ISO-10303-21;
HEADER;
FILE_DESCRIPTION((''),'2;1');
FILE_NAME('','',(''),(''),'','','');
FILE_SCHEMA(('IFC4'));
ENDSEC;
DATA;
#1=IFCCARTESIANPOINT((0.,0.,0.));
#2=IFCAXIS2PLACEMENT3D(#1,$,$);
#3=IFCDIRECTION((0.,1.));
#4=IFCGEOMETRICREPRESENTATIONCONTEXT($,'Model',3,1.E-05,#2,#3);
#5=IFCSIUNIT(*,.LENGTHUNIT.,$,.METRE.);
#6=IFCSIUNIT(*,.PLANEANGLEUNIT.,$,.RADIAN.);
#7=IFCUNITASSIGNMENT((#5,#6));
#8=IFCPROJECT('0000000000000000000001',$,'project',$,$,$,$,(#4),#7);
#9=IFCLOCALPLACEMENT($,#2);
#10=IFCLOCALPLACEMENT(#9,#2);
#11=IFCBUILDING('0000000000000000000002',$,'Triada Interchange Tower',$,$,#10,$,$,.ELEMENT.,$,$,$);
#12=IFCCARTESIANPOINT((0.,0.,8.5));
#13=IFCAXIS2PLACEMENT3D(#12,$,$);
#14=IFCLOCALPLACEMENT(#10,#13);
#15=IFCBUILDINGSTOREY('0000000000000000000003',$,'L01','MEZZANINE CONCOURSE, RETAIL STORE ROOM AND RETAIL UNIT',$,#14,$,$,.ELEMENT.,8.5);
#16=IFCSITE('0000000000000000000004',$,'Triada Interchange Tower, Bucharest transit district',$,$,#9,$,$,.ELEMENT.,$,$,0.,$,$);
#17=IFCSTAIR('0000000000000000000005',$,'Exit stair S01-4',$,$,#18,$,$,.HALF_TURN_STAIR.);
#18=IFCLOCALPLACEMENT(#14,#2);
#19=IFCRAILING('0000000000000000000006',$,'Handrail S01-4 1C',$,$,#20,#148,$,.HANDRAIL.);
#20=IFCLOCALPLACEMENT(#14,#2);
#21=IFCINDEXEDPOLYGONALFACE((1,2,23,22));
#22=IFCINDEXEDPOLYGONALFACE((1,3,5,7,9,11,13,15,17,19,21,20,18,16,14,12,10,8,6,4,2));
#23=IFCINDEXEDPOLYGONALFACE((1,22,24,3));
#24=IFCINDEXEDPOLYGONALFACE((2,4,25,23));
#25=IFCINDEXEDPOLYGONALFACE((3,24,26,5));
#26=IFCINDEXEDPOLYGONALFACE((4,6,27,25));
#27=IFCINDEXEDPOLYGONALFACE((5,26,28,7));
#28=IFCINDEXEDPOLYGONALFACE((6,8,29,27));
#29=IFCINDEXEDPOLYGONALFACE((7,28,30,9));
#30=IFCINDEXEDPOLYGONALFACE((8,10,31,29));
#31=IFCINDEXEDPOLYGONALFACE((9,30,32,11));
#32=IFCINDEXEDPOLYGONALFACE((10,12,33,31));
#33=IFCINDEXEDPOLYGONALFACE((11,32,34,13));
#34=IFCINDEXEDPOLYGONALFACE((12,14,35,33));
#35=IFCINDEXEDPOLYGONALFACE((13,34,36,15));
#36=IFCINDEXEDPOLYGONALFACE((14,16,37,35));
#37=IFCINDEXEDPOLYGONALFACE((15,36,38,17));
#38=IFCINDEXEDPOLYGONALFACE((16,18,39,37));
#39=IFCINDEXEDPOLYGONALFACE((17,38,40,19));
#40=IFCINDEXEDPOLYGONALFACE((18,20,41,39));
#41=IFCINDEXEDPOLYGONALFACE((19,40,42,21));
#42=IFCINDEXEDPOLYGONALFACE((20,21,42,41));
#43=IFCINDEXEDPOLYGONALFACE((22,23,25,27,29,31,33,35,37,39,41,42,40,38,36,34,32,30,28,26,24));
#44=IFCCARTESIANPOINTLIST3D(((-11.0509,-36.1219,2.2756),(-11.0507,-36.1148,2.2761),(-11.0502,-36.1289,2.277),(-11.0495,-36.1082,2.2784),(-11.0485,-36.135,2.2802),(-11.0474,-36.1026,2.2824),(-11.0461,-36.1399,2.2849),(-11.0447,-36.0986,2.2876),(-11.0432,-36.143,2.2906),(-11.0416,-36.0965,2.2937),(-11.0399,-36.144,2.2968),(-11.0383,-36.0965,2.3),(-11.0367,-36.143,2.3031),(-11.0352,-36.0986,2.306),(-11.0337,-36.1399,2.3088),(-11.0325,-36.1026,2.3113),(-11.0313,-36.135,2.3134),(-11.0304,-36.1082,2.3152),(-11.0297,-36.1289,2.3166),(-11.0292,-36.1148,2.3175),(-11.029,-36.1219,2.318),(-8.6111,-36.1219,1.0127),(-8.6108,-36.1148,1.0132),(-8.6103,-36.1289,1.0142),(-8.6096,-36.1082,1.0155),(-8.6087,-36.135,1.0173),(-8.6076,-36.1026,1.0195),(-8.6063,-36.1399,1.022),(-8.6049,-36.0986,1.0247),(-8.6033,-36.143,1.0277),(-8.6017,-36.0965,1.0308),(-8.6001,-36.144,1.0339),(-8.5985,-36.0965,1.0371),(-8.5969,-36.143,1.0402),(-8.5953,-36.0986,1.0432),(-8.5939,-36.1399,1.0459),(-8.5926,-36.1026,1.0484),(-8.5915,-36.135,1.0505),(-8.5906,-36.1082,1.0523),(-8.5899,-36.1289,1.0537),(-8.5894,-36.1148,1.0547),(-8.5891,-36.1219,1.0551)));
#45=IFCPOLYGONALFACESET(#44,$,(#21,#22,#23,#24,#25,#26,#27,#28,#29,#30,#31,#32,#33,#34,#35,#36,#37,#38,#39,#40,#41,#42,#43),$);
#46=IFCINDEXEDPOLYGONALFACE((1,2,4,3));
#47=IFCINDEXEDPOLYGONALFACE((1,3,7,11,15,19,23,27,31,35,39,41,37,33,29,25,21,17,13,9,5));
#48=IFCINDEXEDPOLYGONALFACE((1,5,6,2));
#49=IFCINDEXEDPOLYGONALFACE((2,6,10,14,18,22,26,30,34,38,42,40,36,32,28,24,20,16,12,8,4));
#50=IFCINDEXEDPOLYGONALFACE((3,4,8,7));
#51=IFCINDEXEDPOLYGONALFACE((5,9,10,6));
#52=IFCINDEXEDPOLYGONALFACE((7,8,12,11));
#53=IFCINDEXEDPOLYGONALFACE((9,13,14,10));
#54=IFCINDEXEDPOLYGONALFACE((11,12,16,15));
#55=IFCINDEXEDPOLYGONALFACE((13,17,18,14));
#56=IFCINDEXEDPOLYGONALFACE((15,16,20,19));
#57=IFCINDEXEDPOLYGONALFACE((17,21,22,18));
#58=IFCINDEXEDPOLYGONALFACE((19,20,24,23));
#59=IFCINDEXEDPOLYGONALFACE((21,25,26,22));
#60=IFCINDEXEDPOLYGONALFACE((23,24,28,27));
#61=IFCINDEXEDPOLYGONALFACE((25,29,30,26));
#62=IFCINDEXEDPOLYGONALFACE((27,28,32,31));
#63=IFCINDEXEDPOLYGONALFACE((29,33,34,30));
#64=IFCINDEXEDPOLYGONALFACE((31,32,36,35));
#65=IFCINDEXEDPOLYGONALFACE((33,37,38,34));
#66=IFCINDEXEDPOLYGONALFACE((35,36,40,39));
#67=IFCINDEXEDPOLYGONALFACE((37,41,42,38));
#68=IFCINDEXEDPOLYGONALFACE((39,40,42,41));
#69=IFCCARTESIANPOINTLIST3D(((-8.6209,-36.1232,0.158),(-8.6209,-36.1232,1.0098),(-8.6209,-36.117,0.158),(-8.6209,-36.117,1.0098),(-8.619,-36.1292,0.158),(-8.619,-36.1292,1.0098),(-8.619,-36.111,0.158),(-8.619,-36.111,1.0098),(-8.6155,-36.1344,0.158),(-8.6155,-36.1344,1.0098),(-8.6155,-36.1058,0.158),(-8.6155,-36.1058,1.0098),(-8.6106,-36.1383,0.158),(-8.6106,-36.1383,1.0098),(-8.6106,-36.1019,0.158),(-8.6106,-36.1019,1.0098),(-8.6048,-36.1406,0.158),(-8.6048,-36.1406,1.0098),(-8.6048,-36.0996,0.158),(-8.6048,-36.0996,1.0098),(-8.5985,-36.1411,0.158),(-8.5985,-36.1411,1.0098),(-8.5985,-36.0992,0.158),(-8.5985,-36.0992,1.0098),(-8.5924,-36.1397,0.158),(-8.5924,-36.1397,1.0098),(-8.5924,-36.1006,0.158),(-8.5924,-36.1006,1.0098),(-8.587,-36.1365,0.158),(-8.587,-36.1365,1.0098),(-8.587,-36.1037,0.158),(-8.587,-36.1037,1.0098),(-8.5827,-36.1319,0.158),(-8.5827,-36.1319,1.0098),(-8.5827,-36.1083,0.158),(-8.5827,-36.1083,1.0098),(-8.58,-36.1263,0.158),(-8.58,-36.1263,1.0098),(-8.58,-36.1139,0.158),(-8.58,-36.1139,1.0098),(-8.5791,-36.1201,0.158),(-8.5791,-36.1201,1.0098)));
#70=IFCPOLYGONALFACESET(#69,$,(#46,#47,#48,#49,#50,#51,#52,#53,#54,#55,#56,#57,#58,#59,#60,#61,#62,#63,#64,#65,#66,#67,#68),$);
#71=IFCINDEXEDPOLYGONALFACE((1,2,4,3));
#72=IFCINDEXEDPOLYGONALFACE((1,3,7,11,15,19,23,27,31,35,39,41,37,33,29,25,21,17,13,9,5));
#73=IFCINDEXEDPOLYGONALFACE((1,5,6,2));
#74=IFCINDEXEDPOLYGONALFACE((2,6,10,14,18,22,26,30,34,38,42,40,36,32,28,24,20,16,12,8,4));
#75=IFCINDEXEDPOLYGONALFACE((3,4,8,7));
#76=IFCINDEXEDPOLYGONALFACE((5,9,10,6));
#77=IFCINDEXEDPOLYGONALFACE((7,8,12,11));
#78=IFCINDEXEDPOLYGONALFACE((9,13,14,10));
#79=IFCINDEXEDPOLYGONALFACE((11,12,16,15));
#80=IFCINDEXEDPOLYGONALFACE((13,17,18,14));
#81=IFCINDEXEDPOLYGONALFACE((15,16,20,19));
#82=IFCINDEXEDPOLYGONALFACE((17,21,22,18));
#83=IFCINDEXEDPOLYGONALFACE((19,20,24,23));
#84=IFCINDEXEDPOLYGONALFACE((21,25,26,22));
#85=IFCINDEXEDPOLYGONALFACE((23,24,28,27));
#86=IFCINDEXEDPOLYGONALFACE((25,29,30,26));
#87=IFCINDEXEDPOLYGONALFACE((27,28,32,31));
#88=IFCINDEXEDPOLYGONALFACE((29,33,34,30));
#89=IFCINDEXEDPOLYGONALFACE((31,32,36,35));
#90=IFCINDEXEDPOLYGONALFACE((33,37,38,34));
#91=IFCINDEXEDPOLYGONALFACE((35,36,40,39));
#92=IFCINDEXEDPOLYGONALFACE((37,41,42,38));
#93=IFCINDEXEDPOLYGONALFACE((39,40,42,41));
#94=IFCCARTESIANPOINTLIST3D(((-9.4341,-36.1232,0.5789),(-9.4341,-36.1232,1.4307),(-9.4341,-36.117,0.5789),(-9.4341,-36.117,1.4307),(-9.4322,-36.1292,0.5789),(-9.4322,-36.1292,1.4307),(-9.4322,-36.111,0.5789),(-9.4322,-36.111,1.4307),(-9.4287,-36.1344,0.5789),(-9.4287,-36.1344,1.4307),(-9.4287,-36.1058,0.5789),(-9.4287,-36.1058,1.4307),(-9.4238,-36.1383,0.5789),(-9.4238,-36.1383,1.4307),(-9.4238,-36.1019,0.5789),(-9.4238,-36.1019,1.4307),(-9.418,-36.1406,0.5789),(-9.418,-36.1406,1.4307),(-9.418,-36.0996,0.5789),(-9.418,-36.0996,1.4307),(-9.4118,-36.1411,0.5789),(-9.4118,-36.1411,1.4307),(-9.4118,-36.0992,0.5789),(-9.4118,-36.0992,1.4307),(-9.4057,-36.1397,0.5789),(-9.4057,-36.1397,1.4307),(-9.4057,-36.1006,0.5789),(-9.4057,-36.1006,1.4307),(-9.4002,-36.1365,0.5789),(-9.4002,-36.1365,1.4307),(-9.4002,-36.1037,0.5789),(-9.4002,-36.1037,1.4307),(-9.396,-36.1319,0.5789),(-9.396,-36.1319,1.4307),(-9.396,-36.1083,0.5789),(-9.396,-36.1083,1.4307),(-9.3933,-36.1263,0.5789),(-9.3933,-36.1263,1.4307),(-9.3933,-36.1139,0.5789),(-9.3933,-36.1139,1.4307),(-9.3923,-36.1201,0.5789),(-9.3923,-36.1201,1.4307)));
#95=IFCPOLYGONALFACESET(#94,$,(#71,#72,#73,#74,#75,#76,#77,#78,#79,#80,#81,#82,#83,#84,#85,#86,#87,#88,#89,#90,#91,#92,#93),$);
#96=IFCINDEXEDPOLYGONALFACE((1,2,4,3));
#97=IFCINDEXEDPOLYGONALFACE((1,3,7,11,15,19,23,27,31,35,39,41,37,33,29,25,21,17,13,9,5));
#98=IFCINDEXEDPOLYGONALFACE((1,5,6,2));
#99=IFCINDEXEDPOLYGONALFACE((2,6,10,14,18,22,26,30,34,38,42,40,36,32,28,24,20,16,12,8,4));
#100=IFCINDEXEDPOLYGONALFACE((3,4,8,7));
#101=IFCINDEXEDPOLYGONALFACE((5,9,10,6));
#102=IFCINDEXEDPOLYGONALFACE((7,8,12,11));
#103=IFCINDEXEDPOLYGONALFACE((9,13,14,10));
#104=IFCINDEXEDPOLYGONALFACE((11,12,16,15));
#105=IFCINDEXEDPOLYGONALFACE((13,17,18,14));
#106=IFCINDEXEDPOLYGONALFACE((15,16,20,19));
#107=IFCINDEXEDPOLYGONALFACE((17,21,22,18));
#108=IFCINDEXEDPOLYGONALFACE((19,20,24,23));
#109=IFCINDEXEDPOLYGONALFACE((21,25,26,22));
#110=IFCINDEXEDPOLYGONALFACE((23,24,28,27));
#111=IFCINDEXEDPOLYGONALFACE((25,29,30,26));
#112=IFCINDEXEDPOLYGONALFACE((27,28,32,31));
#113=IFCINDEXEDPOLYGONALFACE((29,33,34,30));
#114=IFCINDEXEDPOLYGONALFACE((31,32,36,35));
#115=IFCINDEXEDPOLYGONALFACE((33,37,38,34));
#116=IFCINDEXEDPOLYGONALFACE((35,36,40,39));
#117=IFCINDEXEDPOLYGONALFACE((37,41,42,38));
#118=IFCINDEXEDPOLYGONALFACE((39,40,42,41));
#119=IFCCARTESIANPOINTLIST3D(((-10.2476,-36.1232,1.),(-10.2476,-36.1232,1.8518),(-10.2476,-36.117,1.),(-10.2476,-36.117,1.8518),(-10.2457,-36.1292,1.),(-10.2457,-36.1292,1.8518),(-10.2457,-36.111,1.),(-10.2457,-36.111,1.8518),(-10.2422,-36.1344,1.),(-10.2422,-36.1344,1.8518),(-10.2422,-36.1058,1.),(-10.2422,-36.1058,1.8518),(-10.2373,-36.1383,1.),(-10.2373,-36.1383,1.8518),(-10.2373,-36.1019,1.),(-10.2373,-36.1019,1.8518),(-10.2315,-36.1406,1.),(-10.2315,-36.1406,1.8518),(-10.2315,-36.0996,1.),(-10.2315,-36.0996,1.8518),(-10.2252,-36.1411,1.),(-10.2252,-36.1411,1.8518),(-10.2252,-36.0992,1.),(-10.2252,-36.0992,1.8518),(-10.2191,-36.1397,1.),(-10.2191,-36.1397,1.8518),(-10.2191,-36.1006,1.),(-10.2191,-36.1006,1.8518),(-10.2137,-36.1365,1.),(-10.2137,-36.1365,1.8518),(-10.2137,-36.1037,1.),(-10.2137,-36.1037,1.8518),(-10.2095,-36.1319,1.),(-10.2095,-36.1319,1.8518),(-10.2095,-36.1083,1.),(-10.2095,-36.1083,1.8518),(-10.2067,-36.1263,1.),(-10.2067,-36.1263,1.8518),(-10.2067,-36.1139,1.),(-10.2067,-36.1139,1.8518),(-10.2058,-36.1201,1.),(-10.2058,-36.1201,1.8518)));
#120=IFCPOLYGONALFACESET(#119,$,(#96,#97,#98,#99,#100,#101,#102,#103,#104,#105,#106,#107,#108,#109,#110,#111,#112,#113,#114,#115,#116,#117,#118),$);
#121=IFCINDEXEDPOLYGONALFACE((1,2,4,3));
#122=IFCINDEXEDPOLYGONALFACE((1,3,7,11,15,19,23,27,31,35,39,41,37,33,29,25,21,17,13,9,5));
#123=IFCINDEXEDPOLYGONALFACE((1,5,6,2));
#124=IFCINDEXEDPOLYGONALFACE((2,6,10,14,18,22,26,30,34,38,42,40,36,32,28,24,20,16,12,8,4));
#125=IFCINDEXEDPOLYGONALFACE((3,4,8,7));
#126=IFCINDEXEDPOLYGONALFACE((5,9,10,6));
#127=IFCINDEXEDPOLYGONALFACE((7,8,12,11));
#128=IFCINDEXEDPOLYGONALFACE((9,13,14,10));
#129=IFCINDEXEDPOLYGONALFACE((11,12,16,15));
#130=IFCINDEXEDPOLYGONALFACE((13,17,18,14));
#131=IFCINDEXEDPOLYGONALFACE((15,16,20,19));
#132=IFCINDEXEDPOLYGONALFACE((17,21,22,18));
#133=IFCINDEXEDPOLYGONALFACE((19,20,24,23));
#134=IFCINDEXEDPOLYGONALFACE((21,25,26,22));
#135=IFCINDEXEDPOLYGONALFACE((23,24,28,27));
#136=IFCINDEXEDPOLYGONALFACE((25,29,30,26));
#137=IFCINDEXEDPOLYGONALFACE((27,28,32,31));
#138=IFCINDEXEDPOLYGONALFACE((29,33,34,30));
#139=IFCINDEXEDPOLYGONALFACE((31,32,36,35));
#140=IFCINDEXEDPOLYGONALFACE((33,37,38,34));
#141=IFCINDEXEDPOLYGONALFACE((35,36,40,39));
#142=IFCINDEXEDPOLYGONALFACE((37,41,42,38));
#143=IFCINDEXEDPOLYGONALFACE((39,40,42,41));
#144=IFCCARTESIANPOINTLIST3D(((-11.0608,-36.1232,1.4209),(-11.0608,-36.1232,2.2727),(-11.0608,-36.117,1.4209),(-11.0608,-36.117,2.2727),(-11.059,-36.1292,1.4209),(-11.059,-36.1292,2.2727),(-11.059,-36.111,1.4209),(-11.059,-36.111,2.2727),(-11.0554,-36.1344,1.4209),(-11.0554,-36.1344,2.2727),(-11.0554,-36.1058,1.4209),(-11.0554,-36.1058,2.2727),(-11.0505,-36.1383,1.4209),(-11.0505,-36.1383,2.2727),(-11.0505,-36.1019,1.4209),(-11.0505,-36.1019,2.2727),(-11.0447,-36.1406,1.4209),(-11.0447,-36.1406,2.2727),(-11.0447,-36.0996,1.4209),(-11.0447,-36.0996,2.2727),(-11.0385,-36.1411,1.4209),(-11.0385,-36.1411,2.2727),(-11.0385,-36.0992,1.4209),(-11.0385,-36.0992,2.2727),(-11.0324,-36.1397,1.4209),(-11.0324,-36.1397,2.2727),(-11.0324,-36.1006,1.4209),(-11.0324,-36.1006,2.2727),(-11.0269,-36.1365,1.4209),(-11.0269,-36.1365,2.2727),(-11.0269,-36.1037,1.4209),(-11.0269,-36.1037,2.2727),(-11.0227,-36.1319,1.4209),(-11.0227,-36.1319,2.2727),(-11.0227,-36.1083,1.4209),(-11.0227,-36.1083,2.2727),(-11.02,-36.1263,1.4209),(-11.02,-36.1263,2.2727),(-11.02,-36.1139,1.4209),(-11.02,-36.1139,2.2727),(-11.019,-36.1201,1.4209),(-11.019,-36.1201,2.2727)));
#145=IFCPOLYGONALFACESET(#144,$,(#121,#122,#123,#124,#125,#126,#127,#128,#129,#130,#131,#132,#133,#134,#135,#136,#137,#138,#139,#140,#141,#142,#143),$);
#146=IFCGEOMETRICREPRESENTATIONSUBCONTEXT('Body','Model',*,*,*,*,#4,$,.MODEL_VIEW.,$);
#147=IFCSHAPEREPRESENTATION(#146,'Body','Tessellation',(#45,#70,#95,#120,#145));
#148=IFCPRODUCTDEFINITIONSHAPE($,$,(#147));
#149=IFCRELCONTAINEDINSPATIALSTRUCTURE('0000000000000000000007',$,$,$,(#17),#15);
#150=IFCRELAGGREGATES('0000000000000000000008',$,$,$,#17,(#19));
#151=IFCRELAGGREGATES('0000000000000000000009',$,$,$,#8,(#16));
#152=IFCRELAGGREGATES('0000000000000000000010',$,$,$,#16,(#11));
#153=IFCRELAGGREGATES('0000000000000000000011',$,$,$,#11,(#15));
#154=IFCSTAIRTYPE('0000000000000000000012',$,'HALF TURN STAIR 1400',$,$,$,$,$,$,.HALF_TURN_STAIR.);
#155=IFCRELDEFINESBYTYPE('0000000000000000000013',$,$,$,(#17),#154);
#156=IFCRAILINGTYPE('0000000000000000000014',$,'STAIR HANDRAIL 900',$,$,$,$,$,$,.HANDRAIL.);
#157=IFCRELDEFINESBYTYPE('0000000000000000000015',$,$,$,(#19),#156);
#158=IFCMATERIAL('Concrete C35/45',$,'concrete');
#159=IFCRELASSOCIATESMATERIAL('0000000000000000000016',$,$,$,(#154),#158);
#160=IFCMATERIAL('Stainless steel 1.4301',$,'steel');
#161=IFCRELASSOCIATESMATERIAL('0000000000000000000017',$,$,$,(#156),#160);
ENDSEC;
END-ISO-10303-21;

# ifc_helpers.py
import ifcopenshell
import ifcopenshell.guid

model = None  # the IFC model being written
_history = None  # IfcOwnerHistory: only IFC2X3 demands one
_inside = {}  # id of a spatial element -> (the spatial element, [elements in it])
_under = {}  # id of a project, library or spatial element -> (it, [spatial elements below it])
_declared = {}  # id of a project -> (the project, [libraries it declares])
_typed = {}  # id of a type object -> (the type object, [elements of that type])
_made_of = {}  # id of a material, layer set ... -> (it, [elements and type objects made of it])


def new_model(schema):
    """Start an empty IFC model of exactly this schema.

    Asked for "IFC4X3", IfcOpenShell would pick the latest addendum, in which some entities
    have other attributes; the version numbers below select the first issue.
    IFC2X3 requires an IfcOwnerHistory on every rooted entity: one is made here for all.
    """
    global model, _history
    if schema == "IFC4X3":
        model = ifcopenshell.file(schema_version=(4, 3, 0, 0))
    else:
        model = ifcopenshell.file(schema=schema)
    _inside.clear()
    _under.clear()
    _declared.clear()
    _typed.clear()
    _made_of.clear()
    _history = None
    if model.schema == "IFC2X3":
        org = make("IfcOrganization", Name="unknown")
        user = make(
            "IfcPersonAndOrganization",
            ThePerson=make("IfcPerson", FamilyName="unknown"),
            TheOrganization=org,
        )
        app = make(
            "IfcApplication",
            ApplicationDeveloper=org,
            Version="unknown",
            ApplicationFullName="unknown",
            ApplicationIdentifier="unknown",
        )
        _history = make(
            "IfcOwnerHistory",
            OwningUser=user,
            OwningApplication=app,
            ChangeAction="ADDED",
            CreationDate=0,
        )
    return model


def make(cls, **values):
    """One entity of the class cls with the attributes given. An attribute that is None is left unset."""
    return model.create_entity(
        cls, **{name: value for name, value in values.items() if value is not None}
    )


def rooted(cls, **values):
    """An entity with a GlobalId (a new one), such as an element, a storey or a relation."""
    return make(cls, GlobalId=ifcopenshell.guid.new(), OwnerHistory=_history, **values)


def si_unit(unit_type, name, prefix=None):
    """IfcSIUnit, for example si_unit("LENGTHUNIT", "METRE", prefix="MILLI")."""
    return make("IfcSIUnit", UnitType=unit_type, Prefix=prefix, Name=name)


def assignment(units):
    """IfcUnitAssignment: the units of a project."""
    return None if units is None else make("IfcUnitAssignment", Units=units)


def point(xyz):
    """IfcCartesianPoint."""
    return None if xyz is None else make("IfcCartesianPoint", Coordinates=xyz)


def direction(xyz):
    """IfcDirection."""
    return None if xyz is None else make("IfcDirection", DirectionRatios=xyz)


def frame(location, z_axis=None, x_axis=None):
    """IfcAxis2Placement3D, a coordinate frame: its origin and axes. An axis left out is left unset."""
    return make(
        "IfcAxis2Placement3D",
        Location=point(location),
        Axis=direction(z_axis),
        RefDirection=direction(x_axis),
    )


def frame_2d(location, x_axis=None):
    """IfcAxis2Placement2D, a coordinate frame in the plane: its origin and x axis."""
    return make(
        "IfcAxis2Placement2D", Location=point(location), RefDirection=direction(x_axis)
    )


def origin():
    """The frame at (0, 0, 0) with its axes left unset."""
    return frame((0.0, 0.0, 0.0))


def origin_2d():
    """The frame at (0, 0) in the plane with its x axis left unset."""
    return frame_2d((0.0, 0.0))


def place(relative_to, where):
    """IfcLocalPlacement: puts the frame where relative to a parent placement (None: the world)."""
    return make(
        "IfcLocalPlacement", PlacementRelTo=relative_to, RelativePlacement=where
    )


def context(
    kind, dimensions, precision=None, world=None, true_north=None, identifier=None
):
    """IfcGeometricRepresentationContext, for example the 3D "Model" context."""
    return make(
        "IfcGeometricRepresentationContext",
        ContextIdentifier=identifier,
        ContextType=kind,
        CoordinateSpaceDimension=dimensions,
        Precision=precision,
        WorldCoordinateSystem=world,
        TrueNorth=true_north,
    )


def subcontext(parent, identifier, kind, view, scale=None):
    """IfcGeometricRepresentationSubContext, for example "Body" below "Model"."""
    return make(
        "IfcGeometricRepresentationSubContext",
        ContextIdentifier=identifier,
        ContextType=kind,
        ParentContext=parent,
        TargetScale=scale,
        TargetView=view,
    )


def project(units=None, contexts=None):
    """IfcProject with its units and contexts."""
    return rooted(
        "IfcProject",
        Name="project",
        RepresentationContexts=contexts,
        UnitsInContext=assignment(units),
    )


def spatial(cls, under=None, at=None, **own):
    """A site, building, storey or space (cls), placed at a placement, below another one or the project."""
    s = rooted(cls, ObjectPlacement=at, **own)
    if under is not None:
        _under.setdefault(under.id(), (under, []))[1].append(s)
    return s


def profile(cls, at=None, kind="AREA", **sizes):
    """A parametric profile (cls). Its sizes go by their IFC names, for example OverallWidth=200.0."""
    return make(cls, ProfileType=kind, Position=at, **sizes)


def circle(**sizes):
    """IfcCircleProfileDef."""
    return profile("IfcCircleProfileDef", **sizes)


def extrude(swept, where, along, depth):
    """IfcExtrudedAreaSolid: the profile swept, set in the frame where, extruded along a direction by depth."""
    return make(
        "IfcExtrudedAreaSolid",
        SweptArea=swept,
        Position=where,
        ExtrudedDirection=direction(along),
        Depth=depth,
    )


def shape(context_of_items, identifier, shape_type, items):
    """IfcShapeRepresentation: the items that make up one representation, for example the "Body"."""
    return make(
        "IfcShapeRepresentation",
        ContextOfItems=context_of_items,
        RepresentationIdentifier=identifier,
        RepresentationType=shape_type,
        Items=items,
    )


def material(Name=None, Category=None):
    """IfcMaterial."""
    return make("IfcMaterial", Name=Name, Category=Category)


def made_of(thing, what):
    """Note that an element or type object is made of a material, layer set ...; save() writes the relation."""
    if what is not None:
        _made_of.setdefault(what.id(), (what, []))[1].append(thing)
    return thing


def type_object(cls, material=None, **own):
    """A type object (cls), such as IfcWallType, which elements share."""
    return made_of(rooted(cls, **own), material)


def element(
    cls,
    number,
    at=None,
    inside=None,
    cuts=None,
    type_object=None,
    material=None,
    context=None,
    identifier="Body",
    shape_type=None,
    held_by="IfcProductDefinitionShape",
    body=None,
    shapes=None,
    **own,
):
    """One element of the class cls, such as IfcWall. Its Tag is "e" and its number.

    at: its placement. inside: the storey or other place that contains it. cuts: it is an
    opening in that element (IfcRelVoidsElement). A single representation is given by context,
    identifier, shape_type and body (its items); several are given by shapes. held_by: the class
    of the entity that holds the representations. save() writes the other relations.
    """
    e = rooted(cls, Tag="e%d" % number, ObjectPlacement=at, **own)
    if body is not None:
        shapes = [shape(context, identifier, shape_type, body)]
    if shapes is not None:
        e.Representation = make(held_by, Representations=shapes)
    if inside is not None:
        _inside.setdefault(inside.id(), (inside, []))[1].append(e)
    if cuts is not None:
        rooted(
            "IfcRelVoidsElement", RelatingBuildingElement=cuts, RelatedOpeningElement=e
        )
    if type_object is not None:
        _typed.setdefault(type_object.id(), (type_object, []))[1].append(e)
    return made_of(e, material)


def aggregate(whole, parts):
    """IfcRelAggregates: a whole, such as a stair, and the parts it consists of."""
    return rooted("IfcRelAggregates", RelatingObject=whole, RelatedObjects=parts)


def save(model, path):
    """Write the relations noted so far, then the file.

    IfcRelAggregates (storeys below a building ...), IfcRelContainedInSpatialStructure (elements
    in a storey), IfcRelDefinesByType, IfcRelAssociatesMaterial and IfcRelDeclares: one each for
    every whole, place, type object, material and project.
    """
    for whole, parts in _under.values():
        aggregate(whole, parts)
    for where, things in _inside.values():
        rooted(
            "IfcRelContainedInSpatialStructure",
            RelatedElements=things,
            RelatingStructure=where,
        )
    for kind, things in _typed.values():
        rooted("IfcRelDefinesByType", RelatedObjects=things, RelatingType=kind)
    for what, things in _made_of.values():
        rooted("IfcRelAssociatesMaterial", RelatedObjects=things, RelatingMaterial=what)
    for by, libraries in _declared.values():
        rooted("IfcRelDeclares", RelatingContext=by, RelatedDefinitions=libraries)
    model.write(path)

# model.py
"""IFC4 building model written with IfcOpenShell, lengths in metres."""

from ifc_helpers import new_model, si_unit, direction, frame, origin, origin_2d, place, context, subcontext, project, spatial, circle, extrude, material, type_object, element, aggregate, save


model = new_model("IFC4")

# Units and contexts
model_context = context("Model", 3, precision=1e-05, world=origin(), true_north=direction((0.0, 1.0)))
body_context = subcontext(model_context, "Body", "Model", "MODEL_VIEW")
ifc_project = project(units=[si_unit("LENGTHUNIT", "METRE"), si_unit("PLANEANGLEUNIT", "RADIAN")], contexts=[model_context])

# Site, building, storey
site_placement = place(None, origin())
site = spatial("IfcSite", under=ifc_project, at=site_placement, Name="Triada Interchange Tower, Bucharest transit district", CompositionType="ELEMENT", RefElevation=0.0)
building_placement = place(site_placement, origin())
building = spatial("IfcBuilding", under=site, at=building_placement, Name="Triada Interchange Tower", CompositionType="ELEMENT")
storey_placement = place(building_placement, frame((0.0, 0.0, 8.5)))
storey = spatial("IfcBuildingStorey", under=building, at=storey_placement, Name="L01", Description="MEZZANINE CONCOURSE, RETAIL STORE ROOM AND RETAIL UNIT", CompositionType="ELEMENT", Elevation=8.5)

# Shared definitions
ifc_material_1 = material(Name="Concrete C35/45", Category="concrete")

# Stair, railing
stair_type = type_object("IfcStairType", Name="HALF TURN STAIR 1400", PredefinedType="HALF_TURN_STAIR", material=ifc_material_1)
stair_placement = place(storey_placement, origin())
stair = element("IfcStair", 1, at=stair_placement, inside=storey, type_object=stair_type, Name="Exit stair S01-4", PredefinedType="HALF_TURN_STAIR")
ifc_material_2 = material(Name="Stainless steel 1.4301", Category="steel")
railing_type_1 = type_object("IfcRailingType", Name="STAIR HANDRAIL 900", PredefinedType="HANDRAIL", material=ifc_material_2)
railing_1_placement = place(storey_placement, frame((-8.6001, -36.1201, 0.158)))
railing_1 = element("IfcRailing", 2, at=railing_1_placement, type_object=railing_type_1, Name="Handrail S01-4 1C", PredefinedType="HANDRAIL", context=body_context, shape_type="SweptSolid", body=[
    extrude(circle(Radius=0.0239, at=origin_2d()), frame((0.0, 0.0, 0.876), z_axis=(-0.888084, 0.0, 0.459682), x_axis=(0.0, -1.0, 0.0)), (0.0, 0.0, 1.0), 2.7473),
    extrude(circle(Radius=0.021, at=origin_2d()), origin(), (0.0, 0.0, 1.0), 0.8518),
    extrude(circle(Radius=0.021, at=origin_2d()), frame((-0.8132, 0.0, 0.4209)), (0.0, 0.0, 1.0), 0.8518),
    extrude(circle(Radius=0.021, at=origin_2d()), frame((-1.6267, 0.0, 0.842)), (0.0, 0.0, 1.0), 0.8518),
    extrude(circle(Radius=0.021, at=origin_2d()), frame((-2.4399, 0.0, 1.2629)), (0.0, 0.0, 1.0), 0.8518),
])
aggregate(stair, [railing_1])

save(model, "model.ifc")
